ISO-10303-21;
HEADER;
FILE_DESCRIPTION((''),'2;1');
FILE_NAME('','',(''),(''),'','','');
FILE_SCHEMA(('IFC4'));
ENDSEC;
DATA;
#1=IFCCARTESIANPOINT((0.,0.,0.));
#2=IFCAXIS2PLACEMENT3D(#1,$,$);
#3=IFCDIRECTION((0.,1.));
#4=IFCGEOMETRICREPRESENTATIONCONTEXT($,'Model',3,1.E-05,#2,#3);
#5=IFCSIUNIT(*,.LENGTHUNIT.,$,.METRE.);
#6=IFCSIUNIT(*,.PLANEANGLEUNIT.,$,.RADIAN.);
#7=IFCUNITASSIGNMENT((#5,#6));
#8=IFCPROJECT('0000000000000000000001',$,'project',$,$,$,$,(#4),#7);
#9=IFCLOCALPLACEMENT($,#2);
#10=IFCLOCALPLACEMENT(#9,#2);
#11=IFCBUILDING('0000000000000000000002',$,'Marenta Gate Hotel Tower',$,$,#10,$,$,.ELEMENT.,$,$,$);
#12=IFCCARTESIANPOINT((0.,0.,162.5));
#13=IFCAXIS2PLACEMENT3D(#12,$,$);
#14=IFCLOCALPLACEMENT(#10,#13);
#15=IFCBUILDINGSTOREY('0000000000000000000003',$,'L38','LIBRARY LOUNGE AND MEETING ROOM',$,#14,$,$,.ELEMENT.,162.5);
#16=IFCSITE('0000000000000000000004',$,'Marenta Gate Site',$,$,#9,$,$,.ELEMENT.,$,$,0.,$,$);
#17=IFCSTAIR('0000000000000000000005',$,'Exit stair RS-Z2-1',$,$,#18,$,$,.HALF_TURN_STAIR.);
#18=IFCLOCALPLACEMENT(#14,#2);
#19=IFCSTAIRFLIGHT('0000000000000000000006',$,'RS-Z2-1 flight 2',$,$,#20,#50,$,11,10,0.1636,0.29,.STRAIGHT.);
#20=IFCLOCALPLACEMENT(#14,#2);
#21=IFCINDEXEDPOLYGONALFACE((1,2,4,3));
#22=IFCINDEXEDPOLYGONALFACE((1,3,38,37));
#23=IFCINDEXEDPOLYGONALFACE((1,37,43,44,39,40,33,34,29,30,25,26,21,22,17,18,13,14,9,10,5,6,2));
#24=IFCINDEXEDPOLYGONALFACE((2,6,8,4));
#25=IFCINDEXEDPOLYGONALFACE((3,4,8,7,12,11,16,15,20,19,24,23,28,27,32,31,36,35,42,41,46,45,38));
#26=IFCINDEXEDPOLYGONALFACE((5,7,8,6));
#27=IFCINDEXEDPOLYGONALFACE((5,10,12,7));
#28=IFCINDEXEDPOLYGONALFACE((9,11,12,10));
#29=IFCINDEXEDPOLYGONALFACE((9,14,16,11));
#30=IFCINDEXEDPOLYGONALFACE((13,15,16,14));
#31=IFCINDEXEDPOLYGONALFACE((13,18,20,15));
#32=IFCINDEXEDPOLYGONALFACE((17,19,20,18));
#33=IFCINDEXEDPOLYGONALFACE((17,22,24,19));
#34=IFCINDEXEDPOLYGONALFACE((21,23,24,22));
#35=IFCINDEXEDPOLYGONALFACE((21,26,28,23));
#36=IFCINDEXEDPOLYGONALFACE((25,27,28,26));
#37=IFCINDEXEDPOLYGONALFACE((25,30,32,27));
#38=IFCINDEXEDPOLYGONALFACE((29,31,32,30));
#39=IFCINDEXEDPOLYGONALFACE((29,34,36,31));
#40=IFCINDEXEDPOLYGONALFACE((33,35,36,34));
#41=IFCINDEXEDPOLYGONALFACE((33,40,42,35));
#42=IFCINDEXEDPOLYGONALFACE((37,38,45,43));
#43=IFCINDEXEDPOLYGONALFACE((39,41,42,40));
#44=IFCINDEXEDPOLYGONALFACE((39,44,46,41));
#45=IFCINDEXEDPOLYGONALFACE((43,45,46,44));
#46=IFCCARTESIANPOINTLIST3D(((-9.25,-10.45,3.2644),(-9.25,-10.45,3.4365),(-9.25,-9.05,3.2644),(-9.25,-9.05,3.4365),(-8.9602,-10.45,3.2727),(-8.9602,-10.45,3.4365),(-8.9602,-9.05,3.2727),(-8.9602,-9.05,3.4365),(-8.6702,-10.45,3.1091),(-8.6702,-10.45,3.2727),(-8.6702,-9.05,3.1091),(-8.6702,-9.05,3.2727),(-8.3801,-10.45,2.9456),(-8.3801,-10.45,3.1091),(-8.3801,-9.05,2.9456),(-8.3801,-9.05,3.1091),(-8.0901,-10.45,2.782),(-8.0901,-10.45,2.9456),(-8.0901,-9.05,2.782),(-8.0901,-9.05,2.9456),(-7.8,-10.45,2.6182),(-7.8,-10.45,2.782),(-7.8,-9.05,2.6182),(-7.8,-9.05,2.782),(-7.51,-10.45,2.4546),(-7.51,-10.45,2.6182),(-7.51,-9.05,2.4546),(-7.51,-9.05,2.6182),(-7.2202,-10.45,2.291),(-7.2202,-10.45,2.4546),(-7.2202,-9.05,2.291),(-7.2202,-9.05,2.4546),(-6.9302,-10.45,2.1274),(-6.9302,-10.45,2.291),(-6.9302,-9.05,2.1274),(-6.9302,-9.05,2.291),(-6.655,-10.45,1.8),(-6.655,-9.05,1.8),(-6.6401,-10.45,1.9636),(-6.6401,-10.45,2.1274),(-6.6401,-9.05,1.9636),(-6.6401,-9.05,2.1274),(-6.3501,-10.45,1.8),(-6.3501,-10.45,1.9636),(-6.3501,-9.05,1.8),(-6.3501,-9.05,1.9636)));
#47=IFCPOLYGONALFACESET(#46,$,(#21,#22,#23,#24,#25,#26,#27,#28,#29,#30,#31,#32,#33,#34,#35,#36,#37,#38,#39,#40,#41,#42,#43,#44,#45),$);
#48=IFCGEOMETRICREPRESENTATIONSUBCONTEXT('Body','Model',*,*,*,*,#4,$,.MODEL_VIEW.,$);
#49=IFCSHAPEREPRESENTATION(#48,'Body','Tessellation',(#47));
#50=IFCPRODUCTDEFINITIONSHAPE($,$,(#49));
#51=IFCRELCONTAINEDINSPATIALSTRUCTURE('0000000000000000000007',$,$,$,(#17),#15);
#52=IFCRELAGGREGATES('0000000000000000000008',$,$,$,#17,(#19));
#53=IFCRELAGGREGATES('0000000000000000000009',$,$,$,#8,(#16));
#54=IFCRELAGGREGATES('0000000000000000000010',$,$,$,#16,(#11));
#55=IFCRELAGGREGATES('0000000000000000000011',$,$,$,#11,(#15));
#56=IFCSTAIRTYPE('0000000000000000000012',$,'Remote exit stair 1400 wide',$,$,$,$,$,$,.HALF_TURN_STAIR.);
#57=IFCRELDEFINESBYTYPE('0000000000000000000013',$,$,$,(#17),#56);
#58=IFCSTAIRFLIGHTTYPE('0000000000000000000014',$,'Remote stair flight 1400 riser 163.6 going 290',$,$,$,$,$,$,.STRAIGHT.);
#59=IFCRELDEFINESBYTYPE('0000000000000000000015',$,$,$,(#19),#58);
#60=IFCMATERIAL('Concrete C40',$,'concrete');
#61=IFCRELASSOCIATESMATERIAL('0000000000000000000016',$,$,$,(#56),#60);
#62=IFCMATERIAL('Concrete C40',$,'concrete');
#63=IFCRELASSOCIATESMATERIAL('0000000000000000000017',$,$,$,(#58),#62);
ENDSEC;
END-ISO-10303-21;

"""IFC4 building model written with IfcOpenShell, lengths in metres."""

from ifc_helpers import new_model, si_unit, direction, frame, origin, place, context, subcontext, project, spatial, polyline, outline, extrude, material, type_object, element, aggregate, save


model = new_model("IFC4")

# Units and contexts
model_context = context("Model", 3, precision=1e-05, world=origin(), true_north=direction((0.0, 1.0)))
body_context = subcontext(model_context, "Body", "Model", "MODEL_VIEW")
ifc_project = project(units=[si_unit("LENGTHUNIT", "METRE"), si_unit("PLANEANGLEUNIT", "RADIAN")], contexts=[model_context])

# Site, building, storey
site_placement = place(None, origin())
site = spatial("IfcSite", under=ifc_project, at=site_placement, Name="Marenta Gate Site", CompositionType="ELEMENT", RefElevation=0.0)
building_placement = place(site_placement, origin())
building = spatial("IfcBuilding", under=site, at=building_placement, Name="Marenta Gate Hotel Tower", CompositionType="ELEMENT")
storey_placement = place(building_placement, frame((0.0, 0.0, 162.5)))
storey = spatial("IfcBuildingStorey", under=building, at=storey_placement, Name="L38", Description="LIBRARY LOUNGE AND MEETING ROOM", CompositionType="ELEMENT", Elevation=162.5)

# Stair, stair flight
ifc_material_1 = material(Name="Concrete C40", Category="concrete")
stair_type = type_object("IfcStairType", Name="Remote exit stair 1400 wide", PredefinedType="HALF_TURN_STAIR", material=ifc_material_1)
stair_placement = place(storey_placement, origin())
stair = element("IfcStair", 1, at=stair_placement, inside=storey, type_object=stair_type, Name="Exit stair RS-Z2-1", PredefinedType="HALF_TURN_STAIR")
ifc_material_2 = material(Name="Concrete C40", Category="concrete")
stair_flight_type = type_object("IfcStairFlightType", Name="Remote stair flight 1400 riser 163.6 going 290", PredefinedType="STRAIGHT", material=ifc_material_2)
stair_flight_1_placement = place(storey_placement, frame((-6.3501, -9.75, 1.8), z_axis=(0.0, 0.0, 1.0), x_axis=(-1.0, 0.0, 0.0)))
stair_flight_1 = element("IfcStairFlight", 2, at=stair_flight_1_placement, type_object=stair_flight_type, Name="RS-Z2-1 flight 2", NumberOfRisers=11, NumberOfTreads=10, PredefinedType="STRAIGHT", RiserHeight=0.1636, TreadLength=0.29, context=body_context, shape_type="SweptSolid", body=[
    extrude(outline(polyline([(0.0, 0.0), (0.0, 0.1636), (0.29, 0.1636), (0.29, 0.3274), (0.5801, 0.3274), (0.5801, 0.491), (0.8701, 0.491), (0.8701, 0.6545), (1.1599, 0.6545), (1.1599, 0.8181), (1.45, 0.8181), (1.45, 0.9819), (1.74, 0.9819), (1.74, 1.1455), (2.03, 1.1455), (2.03, 1.3091), (2.3201, 1.3091), (2.3201, 1.4727), (2.6101, 1.4727), (2.6101, 1.6365), (2.8999, 1.6365), (2.8999, 1.8), (2.8999, 1.4644), (0.3049, 0.0), (0.0, 0.0)])), frame((0.0, 0.7, 0.0), z_axis=(0.0, -1.0, 0.0), x_axis=(1.0, 0.0, 0.0)), (0.0, 0.0, 1.0), 1.3999),
])
aggregate(stair, [stair_flight_1])

save(model, "model.ifc")
